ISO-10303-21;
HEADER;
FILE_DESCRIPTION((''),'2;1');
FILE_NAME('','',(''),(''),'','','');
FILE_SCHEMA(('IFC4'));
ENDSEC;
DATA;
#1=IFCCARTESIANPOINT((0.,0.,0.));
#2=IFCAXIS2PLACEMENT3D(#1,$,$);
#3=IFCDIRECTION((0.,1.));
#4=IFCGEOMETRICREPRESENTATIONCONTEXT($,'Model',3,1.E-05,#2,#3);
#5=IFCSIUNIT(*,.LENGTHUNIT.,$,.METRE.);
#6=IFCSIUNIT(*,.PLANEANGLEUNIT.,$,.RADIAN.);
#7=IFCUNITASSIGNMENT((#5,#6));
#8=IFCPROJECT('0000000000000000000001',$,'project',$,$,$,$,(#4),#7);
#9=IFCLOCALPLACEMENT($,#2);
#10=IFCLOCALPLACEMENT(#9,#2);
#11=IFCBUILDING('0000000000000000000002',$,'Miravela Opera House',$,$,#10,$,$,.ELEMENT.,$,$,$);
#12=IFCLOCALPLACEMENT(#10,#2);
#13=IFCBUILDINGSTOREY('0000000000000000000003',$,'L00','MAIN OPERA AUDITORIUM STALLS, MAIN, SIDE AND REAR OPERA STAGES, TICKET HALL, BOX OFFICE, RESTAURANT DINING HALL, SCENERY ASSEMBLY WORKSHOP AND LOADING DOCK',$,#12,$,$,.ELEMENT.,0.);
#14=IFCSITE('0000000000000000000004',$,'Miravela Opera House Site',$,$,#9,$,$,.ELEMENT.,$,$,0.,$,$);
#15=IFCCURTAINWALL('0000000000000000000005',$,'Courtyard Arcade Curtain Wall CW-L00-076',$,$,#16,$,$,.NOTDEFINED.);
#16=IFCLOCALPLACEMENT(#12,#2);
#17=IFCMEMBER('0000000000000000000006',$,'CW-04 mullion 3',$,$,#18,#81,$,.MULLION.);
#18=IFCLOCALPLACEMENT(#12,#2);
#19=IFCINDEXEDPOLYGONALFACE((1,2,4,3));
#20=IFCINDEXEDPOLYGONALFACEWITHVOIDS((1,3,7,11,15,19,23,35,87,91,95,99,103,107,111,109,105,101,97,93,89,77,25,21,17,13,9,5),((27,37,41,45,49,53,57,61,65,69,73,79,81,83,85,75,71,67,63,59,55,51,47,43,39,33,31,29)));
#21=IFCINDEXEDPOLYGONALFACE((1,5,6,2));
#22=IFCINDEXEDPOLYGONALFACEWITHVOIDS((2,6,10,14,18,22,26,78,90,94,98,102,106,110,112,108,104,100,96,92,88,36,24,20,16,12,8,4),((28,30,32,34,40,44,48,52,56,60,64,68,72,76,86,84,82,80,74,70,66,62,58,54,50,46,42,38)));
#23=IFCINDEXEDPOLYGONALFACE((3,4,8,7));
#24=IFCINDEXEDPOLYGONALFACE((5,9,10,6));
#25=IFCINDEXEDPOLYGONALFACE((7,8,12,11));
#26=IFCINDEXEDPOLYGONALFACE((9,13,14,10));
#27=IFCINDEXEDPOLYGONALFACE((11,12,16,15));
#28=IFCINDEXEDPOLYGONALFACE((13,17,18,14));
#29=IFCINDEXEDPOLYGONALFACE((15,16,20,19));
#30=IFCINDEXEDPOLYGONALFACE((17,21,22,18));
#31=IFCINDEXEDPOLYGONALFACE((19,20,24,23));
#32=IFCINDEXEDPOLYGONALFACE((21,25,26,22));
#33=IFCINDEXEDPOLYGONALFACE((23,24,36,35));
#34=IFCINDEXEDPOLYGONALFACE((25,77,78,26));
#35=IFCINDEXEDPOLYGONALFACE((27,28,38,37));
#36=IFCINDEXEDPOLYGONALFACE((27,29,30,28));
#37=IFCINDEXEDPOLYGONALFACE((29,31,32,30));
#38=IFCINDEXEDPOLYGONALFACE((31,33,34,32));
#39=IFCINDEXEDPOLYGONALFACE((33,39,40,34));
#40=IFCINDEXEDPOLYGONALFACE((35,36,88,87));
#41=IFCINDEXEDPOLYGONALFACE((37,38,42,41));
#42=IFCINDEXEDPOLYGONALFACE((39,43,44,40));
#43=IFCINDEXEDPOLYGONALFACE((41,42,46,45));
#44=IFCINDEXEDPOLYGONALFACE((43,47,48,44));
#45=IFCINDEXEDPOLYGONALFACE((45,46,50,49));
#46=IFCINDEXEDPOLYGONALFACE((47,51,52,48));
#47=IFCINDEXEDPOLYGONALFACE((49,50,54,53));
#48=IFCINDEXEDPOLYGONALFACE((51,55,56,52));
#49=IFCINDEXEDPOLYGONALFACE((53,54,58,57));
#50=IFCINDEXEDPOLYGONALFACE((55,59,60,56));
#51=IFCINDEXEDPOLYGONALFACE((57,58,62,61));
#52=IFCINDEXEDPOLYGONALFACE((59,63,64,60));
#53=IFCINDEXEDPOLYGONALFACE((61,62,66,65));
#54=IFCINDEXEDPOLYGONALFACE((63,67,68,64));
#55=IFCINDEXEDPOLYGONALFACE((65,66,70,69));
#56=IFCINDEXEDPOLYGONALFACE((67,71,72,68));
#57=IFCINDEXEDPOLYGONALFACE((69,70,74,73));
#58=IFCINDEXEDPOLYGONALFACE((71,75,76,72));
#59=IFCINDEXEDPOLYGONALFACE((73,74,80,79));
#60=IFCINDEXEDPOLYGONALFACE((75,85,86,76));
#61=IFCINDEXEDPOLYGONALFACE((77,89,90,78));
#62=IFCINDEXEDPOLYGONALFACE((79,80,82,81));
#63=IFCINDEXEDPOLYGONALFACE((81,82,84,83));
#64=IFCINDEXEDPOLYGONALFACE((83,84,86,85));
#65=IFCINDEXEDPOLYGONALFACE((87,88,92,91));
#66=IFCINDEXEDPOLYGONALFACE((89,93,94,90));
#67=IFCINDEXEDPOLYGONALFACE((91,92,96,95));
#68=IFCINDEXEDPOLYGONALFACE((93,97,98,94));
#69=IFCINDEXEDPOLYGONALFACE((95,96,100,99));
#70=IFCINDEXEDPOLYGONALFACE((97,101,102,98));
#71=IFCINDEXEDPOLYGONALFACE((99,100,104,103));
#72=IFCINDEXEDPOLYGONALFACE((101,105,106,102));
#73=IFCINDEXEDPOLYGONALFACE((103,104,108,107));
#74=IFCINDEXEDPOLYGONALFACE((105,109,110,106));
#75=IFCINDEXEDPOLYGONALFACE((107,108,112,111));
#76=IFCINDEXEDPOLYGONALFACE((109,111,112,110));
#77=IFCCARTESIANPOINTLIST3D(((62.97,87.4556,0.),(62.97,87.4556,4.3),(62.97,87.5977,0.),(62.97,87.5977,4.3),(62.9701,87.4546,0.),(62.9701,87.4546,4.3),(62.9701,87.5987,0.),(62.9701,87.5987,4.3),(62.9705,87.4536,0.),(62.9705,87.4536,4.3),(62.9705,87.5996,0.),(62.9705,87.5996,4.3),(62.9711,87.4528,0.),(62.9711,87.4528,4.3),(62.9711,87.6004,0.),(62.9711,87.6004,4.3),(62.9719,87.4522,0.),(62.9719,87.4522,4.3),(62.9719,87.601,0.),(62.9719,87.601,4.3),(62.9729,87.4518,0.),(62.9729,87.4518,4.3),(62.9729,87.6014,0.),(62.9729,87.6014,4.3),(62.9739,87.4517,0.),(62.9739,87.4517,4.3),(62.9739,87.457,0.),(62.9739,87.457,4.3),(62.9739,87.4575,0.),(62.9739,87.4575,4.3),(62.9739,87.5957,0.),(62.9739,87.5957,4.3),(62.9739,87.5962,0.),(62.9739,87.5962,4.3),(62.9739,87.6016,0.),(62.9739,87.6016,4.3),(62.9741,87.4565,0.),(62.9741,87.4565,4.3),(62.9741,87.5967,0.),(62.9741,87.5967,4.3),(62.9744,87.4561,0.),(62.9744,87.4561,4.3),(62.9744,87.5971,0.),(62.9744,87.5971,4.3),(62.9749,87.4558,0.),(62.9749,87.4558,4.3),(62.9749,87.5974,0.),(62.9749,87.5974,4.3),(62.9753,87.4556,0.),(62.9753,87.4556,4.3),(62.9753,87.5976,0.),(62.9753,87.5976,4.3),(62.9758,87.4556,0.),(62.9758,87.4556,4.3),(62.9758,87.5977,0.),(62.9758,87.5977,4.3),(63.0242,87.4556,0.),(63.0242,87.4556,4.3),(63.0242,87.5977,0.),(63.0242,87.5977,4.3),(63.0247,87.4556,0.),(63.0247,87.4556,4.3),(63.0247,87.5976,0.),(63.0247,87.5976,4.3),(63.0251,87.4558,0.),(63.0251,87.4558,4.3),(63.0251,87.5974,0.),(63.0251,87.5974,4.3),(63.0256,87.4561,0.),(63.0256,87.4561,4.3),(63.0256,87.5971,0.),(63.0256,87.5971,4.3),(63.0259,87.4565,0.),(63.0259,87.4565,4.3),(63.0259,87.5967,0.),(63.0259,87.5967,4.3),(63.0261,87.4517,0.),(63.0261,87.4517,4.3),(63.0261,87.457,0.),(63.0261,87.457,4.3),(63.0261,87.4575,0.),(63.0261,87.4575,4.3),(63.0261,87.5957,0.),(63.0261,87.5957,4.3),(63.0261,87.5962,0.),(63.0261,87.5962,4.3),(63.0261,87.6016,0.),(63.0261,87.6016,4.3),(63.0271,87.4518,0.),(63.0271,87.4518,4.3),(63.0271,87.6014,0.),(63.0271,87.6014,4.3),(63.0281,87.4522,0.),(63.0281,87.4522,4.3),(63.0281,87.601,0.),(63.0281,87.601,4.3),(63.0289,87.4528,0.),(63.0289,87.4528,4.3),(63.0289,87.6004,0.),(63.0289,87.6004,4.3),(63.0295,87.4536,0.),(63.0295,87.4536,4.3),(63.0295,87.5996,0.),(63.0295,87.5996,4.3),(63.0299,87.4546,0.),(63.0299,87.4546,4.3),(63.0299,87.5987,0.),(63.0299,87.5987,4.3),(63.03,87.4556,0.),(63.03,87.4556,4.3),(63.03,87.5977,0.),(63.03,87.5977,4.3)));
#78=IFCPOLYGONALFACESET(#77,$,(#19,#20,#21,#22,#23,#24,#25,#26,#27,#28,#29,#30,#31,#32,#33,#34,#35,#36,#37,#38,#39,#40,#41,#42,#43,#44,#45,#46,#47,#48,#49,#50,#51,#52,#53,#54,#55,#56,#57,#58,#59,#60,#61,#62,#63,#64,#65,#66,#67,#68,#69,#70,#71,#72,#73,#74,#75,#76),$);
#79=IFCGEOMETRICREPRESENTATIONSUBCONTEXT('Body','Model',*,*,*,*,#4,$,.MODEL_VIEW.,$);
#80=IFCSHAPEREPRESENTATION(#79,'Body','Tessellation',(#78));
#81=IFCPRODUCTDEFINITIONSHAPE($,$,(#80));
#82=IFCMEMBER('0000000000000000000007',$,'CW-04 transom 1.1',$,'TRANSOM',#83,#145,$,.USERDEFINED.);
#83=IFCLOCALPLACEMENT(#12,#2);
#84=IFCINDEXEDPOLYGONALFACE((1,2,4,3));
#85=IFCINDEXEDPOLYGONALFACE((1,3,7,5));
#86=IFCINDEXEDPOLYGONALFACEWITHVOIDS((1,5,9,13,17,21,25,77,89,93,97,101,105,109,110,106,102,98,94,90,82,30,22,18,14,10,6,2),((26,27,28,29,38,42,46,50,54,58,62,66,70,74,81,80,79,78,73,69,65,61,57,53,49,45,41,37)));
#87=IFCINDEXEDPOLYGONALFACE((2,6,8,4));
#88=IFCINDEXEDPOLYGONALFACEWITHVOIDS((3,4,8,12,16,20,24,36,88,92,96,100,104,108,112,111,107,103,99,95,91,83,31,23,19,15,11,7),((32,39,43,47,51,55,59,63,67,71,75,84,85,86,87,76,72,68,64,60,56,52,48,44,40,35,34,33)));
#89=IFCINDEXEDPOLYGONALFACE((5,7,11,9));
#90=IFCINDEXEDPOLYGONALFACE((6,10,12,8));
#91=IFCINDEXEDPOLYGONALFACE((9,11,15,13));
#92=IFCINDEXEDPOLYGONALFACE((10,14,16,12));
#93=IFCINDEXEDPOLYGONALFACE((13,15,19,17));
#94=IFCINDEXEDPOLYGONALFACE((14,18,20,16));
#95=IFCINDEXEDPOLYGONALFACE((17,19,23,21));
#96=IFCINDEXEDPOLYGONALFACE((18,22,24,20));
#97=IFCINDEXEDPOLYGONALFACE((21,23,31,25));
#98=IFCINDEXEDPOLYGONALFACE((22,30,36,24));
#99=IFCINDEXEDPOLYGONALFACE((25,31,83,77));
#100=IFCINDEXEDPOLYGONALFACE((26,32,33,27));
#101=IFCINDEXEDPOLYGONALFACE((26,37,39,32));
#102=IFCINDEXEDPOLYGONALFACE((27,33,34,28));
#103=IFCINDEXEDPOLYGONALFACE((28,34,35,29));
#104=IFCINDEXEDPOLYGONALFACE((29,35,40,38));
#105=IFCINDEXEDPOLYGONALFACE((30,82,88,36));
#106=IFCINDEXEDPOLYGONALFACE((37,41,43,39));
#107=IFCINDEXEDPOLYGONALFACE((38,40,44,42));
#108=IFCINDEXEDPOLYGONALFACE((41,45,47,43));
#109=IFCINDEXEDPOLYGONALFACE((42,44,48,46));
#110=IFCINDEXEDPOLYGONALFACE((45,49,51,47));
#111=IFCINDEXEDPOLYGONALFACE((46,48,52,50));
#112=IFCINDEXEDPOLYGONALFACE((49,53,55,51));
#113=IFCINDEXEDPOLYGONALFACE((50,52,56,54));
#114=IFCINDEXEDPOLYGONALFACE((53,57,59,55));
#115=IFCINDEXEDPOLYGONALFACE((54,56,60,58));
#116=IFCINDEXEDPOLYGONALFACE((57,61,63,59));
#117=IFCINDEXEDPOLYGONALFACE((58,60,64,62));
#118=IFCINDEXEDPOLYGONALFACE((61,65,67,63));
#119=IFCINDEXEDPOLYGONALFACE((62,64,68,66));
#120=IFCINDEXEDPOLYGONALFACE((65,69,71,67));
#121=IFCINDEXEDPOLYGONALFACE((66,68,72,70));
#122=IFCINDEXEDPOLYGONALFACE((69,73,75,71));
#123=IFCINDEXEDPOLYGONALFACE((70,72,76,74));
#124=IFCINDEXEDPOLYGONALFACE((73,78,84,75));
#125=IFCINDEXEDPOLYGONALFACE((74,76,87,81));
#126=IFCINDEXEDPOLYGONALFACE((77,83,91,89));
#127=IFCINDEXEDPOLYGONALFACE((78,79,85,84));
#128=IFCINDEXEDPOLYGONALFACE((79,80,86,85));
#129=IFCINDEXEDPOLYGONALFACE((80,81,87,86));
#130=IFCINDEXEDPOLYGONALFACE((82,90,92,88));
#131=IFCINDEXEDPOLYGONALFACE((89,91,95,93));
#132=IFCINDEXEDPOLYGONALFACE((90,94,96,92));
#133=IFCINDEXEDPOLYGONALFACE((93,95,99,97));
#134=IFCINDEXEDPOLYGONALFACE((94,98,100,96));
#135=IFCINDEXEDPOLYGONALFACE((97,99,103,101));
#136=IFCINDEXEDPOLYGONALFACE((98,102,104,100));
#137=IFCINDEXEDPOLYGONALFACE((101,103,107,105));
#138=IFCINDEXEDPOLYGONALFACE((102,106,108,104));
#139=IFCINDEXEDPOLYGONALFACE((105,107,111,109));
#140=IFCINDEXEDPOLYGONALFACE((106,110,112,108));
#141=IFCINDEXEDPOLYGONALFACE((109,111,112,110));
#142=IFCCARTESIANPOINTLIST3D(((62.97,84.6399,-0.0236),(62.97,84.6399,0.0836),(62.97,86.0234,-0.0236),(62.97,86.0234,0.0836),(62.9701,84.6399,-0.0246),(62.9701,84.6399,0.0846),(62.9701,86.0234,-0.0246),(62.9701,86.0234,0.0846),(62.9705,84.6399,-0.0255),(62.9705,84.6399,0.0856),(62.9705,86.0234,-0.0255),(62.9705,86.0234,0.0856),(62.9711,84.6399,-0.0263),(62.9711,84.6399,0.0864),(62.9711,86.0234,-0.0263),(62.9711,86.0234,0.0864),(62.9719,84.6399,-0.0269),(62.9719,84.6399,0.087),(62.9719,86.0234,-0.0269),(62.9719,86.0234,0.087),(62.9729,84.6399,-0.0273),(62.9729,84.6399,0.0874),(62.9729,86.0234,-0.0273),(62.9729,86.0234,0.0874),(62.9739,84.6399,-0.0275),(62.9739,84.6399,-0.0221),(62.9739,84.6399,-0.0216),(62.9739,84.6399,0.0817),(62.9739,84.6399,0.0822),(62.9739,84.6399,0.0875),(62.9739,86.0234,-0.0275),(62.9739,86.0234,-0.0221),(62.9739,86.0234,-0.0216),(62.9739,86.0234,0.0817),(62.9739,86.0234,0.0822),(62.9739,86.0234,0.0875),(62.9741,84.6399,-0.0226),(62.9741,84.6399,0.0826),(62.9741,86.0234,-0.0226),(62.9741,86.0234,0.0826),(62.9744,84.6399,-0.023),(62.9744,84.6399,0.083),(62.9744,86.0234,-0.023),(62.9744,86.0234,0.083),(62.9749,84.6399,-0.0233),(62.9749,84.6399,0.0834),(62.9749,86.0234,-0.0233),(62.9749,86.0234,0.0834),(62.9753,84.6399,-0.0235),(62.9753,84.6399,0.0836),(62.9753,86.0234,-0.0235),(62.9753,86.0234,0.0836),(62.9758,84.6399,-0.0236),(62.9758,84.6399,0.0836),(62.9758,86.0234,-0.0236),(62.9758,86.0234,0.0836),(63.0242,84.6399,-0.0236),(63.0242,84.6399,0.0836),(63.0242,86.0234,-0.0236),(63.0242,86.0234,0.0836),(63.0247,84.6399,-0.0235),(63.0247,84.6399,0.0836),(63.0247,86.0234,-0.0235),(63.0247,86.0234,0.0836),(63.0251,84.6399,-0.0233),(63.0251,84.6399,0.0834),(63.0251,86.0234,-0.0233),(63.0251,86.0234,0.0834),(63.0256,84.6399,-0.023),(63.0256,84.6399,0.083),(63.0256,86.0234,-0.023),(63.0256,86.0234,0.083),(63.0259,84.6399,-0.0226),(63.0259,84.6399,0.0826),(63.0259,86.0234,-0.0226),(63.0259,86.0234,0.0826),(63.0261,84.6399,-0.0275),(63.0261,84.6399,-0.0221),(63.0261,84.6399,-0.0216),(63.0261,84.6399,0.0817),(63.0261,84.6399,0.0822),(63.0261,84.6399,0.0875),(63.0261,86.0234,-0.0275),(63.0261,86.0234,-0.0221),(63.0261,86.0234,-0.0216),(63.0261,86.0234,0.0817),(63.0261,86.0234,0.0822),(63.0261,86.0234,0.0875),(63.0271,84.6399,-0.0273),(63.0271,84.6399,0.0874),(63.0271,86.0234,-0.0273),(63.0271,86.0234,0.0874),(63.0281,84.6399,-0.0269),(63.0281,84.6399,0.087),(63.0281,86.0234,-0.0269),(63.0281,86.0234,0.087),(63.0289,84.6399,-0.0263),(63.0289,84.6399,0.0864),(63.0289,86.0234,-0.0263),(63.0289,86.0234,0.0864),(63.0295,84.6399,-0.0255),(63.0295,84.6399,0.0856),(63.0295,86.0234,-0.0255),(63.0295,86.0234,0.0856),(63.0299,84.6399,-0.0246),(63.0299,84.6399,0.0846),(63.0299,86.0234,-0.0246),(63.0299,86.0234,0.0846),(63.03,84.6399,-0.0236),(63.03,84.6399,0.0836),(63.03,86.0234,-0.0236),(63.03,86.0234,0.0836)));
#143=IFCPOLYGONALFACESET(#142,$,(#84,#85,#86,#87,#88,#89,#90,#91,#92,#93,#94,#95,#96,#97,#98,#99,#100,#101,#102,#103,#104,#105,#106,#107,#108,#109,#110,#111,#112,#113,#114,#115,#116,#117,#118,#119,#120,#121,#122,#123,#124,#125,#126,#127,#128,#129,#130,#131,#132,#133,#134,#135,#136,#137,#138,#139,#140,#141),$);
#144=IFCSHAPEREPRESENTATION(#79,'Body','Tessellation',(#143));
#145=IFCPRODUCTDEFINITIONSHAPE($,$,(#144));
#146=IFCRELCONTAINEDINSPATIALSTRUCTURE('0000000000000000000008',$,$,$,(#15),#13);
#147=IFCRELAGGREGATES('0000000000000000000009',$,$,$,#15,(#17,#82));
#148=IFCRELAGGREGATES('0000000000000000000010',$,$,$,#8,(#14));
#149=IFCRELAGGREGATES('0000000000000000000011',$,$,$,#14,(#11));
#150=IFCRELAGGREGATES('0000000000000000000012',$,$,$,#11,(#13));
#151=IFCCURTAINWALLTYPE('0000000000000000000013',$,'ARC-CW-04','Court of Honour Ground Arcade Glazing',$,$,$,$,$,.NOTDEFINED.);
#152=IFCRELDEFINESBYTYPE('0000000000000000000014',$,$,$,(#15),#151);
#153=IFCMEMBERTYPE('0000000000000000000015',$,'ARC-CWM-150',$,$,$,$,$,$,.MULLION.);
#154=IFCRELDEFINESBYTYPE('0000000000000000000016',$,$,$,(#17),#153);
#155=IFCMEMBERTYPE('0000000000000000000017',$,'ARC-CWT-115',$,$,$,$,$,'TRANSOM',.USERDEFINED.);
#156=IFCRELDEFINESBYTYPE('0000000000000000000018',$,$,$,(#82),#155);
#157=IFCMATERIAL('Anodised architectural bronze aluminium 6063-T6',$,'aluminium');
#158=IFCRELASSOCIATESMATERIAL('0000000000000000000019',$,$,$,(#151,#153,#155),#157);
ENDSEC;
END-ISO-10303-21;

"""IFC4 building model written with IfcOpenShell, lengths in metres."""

from ifc_helpers import new_model, si_unit, direction, frame, origin, origin_2d, place, context, subcontext, project, spatial, hollow_rectangle, extrude, material, material_profile, profile_set, type_object, element, aggregate, save


model = new_model("IFC4")

# Units and contexts
model_context = context("Model", 3, precision=1e-05, world=origin(), true_north=direction((0.0, 1.0)))
body_context = subcontext(model_context, "Body", "Model", "MODEL_VIEW")
ifc_project = project(units=[si_unit("LENGTHUNIT", "METRE"), si_unit("PLANEANGLEUNIT", "RADIAN")], contexts=[model_context])

# Site, building, storey
site_placement = place(None, origin())
site = spatial("IfcSite", under=ifc_project, at=site_placement, Name="Miravela Opera House Site", CompositionType="ELEMENT", RefElevation=0.0)
building_placement = place(site_placement, origin())
building = spatial("IfcBuilding", under=site, at=building_placement, Name="Miravela Opera House", CompositionType="ELEMENT")
storey_placement = place(building_placement, origin())
storey = spatial("IfcBuildingStorey", under=building, at=storey_placement, Name="L00", Description="MAIN OPERA AUDITORIUM STALLS, MAIN, SIDE AND REAR OPERA STAGES, TICKET HALL, BOX OFFICE, RESTAURANT DINING HALL, SCENERY ASSEMBLY WORKSHOP AND LOADING DOCK", CompositionType="ELEMENT", Elevation=0.0)

# Curtain wall, members
ifc_material_1 = material(Name="Anodised architectural bronze aluminium 6063-T6", Category="aluminium")
curtain_wall_type = type_object("IfcCurtainWallType", Name="ARC-CW-04", Description="Court of Honour Ground Arcade Glazing", PredefinedType="NOTDEFINED", material=ifc_material_1)
curtain_wall_placement = place(storey_placement, origin())
curtain_wall = element("IfcCurtainWall", 1, at=curtain_wall_placement, inside=storey, type_object=curtain_wall_type, Name="Courtyard Arcade Curtain Wall CW-L00-076", PredefinedType="NOTDEFINED")
ifc_material_profile_1 = material_profile(ifc_material_1, hollow_rectangle(XDim=0.0601, YDim=0.1499, WallThickness=0.0039, InnerFilletRadius=0.002, OuterFilletRadius=0.0039, at=origin_2d()), Name="CWM-60X150")
ifc_profile_set_1 = profile_set([ifc_material_profile_1])
member_type_1 = type_object("IfcMemberType", Name="ARC-CWM-150", PredefinedType="MULLION", material=ifc_profile_set_1)
member_1_placement = place(storey_placement, frame((63.0, 87.5266, 0.0), z_axis=(0.0, 0.0, 1.0), x_axis=(-1.0, 0.0, 0.0)))
member_1 = element("IfcMember", 2, at=member_1_placement, type_object=member_type_1, Name="CW-04 mullion 3", PredefinedType="MULLION", context=body_context, shape_type="SweptSolid", body=[
    extrude(hollow_rectangle(XDim=0.0601, YDim=0.1499, WallThickness=0.0039, InnerFilletRadius=0.002, OuterFilletRadius=0.0039, at=origin_2d()), origin(), (0.0, 0.0, 1.0), 4.3),
])
ifc_material_profile_2 = material_profile(ifc_material_1, hollow_rectangle(XDim=0.0601, YDim=0.115, WallThickness=0.0039, InnerFilletRadius=0.002, OuterFilletRadius=0.0039, at=origin_2d()), Name="CWT-60X115")
ifc_profile_set_2 = profile_set([ifc_material_profile_2])
member_type_2 = type_object("IfcMemberType", Name="ARC-CWT-115", ElementType="TRANSOM", PredefinedType="USERDEFINED", material=ifc_profile_set_2)
member_2_placement = place(storey_placement, frame((63.0, 84.6399, 0.03), z_axis=(0.0, 1.0, 0.0), x_axis=(-1.0, 0.0, 0.0)))
member_2 = element("IfcMember", 3, at=member_2_placement, type_object=member_type_2, Name="CW-04 transom 1.1", ObjectType="TRANSOM", PredefinedType="USERDEFINED", context=body_context, shape_type="SweptSolid", body=[
    extrude(hollow_rectangle(XDim=0.0601, YDim=0.115, WallThickness=0.0039, InnerFilletRadius=0.002, OuterFilletRadius=0.0039, at=origin_2d()), origin(), (0.0, 0.0, 1.0), 1.3835),
])

aggregate(curtain_wall, [member_1, member_2])

save(model, "model.ifc")
